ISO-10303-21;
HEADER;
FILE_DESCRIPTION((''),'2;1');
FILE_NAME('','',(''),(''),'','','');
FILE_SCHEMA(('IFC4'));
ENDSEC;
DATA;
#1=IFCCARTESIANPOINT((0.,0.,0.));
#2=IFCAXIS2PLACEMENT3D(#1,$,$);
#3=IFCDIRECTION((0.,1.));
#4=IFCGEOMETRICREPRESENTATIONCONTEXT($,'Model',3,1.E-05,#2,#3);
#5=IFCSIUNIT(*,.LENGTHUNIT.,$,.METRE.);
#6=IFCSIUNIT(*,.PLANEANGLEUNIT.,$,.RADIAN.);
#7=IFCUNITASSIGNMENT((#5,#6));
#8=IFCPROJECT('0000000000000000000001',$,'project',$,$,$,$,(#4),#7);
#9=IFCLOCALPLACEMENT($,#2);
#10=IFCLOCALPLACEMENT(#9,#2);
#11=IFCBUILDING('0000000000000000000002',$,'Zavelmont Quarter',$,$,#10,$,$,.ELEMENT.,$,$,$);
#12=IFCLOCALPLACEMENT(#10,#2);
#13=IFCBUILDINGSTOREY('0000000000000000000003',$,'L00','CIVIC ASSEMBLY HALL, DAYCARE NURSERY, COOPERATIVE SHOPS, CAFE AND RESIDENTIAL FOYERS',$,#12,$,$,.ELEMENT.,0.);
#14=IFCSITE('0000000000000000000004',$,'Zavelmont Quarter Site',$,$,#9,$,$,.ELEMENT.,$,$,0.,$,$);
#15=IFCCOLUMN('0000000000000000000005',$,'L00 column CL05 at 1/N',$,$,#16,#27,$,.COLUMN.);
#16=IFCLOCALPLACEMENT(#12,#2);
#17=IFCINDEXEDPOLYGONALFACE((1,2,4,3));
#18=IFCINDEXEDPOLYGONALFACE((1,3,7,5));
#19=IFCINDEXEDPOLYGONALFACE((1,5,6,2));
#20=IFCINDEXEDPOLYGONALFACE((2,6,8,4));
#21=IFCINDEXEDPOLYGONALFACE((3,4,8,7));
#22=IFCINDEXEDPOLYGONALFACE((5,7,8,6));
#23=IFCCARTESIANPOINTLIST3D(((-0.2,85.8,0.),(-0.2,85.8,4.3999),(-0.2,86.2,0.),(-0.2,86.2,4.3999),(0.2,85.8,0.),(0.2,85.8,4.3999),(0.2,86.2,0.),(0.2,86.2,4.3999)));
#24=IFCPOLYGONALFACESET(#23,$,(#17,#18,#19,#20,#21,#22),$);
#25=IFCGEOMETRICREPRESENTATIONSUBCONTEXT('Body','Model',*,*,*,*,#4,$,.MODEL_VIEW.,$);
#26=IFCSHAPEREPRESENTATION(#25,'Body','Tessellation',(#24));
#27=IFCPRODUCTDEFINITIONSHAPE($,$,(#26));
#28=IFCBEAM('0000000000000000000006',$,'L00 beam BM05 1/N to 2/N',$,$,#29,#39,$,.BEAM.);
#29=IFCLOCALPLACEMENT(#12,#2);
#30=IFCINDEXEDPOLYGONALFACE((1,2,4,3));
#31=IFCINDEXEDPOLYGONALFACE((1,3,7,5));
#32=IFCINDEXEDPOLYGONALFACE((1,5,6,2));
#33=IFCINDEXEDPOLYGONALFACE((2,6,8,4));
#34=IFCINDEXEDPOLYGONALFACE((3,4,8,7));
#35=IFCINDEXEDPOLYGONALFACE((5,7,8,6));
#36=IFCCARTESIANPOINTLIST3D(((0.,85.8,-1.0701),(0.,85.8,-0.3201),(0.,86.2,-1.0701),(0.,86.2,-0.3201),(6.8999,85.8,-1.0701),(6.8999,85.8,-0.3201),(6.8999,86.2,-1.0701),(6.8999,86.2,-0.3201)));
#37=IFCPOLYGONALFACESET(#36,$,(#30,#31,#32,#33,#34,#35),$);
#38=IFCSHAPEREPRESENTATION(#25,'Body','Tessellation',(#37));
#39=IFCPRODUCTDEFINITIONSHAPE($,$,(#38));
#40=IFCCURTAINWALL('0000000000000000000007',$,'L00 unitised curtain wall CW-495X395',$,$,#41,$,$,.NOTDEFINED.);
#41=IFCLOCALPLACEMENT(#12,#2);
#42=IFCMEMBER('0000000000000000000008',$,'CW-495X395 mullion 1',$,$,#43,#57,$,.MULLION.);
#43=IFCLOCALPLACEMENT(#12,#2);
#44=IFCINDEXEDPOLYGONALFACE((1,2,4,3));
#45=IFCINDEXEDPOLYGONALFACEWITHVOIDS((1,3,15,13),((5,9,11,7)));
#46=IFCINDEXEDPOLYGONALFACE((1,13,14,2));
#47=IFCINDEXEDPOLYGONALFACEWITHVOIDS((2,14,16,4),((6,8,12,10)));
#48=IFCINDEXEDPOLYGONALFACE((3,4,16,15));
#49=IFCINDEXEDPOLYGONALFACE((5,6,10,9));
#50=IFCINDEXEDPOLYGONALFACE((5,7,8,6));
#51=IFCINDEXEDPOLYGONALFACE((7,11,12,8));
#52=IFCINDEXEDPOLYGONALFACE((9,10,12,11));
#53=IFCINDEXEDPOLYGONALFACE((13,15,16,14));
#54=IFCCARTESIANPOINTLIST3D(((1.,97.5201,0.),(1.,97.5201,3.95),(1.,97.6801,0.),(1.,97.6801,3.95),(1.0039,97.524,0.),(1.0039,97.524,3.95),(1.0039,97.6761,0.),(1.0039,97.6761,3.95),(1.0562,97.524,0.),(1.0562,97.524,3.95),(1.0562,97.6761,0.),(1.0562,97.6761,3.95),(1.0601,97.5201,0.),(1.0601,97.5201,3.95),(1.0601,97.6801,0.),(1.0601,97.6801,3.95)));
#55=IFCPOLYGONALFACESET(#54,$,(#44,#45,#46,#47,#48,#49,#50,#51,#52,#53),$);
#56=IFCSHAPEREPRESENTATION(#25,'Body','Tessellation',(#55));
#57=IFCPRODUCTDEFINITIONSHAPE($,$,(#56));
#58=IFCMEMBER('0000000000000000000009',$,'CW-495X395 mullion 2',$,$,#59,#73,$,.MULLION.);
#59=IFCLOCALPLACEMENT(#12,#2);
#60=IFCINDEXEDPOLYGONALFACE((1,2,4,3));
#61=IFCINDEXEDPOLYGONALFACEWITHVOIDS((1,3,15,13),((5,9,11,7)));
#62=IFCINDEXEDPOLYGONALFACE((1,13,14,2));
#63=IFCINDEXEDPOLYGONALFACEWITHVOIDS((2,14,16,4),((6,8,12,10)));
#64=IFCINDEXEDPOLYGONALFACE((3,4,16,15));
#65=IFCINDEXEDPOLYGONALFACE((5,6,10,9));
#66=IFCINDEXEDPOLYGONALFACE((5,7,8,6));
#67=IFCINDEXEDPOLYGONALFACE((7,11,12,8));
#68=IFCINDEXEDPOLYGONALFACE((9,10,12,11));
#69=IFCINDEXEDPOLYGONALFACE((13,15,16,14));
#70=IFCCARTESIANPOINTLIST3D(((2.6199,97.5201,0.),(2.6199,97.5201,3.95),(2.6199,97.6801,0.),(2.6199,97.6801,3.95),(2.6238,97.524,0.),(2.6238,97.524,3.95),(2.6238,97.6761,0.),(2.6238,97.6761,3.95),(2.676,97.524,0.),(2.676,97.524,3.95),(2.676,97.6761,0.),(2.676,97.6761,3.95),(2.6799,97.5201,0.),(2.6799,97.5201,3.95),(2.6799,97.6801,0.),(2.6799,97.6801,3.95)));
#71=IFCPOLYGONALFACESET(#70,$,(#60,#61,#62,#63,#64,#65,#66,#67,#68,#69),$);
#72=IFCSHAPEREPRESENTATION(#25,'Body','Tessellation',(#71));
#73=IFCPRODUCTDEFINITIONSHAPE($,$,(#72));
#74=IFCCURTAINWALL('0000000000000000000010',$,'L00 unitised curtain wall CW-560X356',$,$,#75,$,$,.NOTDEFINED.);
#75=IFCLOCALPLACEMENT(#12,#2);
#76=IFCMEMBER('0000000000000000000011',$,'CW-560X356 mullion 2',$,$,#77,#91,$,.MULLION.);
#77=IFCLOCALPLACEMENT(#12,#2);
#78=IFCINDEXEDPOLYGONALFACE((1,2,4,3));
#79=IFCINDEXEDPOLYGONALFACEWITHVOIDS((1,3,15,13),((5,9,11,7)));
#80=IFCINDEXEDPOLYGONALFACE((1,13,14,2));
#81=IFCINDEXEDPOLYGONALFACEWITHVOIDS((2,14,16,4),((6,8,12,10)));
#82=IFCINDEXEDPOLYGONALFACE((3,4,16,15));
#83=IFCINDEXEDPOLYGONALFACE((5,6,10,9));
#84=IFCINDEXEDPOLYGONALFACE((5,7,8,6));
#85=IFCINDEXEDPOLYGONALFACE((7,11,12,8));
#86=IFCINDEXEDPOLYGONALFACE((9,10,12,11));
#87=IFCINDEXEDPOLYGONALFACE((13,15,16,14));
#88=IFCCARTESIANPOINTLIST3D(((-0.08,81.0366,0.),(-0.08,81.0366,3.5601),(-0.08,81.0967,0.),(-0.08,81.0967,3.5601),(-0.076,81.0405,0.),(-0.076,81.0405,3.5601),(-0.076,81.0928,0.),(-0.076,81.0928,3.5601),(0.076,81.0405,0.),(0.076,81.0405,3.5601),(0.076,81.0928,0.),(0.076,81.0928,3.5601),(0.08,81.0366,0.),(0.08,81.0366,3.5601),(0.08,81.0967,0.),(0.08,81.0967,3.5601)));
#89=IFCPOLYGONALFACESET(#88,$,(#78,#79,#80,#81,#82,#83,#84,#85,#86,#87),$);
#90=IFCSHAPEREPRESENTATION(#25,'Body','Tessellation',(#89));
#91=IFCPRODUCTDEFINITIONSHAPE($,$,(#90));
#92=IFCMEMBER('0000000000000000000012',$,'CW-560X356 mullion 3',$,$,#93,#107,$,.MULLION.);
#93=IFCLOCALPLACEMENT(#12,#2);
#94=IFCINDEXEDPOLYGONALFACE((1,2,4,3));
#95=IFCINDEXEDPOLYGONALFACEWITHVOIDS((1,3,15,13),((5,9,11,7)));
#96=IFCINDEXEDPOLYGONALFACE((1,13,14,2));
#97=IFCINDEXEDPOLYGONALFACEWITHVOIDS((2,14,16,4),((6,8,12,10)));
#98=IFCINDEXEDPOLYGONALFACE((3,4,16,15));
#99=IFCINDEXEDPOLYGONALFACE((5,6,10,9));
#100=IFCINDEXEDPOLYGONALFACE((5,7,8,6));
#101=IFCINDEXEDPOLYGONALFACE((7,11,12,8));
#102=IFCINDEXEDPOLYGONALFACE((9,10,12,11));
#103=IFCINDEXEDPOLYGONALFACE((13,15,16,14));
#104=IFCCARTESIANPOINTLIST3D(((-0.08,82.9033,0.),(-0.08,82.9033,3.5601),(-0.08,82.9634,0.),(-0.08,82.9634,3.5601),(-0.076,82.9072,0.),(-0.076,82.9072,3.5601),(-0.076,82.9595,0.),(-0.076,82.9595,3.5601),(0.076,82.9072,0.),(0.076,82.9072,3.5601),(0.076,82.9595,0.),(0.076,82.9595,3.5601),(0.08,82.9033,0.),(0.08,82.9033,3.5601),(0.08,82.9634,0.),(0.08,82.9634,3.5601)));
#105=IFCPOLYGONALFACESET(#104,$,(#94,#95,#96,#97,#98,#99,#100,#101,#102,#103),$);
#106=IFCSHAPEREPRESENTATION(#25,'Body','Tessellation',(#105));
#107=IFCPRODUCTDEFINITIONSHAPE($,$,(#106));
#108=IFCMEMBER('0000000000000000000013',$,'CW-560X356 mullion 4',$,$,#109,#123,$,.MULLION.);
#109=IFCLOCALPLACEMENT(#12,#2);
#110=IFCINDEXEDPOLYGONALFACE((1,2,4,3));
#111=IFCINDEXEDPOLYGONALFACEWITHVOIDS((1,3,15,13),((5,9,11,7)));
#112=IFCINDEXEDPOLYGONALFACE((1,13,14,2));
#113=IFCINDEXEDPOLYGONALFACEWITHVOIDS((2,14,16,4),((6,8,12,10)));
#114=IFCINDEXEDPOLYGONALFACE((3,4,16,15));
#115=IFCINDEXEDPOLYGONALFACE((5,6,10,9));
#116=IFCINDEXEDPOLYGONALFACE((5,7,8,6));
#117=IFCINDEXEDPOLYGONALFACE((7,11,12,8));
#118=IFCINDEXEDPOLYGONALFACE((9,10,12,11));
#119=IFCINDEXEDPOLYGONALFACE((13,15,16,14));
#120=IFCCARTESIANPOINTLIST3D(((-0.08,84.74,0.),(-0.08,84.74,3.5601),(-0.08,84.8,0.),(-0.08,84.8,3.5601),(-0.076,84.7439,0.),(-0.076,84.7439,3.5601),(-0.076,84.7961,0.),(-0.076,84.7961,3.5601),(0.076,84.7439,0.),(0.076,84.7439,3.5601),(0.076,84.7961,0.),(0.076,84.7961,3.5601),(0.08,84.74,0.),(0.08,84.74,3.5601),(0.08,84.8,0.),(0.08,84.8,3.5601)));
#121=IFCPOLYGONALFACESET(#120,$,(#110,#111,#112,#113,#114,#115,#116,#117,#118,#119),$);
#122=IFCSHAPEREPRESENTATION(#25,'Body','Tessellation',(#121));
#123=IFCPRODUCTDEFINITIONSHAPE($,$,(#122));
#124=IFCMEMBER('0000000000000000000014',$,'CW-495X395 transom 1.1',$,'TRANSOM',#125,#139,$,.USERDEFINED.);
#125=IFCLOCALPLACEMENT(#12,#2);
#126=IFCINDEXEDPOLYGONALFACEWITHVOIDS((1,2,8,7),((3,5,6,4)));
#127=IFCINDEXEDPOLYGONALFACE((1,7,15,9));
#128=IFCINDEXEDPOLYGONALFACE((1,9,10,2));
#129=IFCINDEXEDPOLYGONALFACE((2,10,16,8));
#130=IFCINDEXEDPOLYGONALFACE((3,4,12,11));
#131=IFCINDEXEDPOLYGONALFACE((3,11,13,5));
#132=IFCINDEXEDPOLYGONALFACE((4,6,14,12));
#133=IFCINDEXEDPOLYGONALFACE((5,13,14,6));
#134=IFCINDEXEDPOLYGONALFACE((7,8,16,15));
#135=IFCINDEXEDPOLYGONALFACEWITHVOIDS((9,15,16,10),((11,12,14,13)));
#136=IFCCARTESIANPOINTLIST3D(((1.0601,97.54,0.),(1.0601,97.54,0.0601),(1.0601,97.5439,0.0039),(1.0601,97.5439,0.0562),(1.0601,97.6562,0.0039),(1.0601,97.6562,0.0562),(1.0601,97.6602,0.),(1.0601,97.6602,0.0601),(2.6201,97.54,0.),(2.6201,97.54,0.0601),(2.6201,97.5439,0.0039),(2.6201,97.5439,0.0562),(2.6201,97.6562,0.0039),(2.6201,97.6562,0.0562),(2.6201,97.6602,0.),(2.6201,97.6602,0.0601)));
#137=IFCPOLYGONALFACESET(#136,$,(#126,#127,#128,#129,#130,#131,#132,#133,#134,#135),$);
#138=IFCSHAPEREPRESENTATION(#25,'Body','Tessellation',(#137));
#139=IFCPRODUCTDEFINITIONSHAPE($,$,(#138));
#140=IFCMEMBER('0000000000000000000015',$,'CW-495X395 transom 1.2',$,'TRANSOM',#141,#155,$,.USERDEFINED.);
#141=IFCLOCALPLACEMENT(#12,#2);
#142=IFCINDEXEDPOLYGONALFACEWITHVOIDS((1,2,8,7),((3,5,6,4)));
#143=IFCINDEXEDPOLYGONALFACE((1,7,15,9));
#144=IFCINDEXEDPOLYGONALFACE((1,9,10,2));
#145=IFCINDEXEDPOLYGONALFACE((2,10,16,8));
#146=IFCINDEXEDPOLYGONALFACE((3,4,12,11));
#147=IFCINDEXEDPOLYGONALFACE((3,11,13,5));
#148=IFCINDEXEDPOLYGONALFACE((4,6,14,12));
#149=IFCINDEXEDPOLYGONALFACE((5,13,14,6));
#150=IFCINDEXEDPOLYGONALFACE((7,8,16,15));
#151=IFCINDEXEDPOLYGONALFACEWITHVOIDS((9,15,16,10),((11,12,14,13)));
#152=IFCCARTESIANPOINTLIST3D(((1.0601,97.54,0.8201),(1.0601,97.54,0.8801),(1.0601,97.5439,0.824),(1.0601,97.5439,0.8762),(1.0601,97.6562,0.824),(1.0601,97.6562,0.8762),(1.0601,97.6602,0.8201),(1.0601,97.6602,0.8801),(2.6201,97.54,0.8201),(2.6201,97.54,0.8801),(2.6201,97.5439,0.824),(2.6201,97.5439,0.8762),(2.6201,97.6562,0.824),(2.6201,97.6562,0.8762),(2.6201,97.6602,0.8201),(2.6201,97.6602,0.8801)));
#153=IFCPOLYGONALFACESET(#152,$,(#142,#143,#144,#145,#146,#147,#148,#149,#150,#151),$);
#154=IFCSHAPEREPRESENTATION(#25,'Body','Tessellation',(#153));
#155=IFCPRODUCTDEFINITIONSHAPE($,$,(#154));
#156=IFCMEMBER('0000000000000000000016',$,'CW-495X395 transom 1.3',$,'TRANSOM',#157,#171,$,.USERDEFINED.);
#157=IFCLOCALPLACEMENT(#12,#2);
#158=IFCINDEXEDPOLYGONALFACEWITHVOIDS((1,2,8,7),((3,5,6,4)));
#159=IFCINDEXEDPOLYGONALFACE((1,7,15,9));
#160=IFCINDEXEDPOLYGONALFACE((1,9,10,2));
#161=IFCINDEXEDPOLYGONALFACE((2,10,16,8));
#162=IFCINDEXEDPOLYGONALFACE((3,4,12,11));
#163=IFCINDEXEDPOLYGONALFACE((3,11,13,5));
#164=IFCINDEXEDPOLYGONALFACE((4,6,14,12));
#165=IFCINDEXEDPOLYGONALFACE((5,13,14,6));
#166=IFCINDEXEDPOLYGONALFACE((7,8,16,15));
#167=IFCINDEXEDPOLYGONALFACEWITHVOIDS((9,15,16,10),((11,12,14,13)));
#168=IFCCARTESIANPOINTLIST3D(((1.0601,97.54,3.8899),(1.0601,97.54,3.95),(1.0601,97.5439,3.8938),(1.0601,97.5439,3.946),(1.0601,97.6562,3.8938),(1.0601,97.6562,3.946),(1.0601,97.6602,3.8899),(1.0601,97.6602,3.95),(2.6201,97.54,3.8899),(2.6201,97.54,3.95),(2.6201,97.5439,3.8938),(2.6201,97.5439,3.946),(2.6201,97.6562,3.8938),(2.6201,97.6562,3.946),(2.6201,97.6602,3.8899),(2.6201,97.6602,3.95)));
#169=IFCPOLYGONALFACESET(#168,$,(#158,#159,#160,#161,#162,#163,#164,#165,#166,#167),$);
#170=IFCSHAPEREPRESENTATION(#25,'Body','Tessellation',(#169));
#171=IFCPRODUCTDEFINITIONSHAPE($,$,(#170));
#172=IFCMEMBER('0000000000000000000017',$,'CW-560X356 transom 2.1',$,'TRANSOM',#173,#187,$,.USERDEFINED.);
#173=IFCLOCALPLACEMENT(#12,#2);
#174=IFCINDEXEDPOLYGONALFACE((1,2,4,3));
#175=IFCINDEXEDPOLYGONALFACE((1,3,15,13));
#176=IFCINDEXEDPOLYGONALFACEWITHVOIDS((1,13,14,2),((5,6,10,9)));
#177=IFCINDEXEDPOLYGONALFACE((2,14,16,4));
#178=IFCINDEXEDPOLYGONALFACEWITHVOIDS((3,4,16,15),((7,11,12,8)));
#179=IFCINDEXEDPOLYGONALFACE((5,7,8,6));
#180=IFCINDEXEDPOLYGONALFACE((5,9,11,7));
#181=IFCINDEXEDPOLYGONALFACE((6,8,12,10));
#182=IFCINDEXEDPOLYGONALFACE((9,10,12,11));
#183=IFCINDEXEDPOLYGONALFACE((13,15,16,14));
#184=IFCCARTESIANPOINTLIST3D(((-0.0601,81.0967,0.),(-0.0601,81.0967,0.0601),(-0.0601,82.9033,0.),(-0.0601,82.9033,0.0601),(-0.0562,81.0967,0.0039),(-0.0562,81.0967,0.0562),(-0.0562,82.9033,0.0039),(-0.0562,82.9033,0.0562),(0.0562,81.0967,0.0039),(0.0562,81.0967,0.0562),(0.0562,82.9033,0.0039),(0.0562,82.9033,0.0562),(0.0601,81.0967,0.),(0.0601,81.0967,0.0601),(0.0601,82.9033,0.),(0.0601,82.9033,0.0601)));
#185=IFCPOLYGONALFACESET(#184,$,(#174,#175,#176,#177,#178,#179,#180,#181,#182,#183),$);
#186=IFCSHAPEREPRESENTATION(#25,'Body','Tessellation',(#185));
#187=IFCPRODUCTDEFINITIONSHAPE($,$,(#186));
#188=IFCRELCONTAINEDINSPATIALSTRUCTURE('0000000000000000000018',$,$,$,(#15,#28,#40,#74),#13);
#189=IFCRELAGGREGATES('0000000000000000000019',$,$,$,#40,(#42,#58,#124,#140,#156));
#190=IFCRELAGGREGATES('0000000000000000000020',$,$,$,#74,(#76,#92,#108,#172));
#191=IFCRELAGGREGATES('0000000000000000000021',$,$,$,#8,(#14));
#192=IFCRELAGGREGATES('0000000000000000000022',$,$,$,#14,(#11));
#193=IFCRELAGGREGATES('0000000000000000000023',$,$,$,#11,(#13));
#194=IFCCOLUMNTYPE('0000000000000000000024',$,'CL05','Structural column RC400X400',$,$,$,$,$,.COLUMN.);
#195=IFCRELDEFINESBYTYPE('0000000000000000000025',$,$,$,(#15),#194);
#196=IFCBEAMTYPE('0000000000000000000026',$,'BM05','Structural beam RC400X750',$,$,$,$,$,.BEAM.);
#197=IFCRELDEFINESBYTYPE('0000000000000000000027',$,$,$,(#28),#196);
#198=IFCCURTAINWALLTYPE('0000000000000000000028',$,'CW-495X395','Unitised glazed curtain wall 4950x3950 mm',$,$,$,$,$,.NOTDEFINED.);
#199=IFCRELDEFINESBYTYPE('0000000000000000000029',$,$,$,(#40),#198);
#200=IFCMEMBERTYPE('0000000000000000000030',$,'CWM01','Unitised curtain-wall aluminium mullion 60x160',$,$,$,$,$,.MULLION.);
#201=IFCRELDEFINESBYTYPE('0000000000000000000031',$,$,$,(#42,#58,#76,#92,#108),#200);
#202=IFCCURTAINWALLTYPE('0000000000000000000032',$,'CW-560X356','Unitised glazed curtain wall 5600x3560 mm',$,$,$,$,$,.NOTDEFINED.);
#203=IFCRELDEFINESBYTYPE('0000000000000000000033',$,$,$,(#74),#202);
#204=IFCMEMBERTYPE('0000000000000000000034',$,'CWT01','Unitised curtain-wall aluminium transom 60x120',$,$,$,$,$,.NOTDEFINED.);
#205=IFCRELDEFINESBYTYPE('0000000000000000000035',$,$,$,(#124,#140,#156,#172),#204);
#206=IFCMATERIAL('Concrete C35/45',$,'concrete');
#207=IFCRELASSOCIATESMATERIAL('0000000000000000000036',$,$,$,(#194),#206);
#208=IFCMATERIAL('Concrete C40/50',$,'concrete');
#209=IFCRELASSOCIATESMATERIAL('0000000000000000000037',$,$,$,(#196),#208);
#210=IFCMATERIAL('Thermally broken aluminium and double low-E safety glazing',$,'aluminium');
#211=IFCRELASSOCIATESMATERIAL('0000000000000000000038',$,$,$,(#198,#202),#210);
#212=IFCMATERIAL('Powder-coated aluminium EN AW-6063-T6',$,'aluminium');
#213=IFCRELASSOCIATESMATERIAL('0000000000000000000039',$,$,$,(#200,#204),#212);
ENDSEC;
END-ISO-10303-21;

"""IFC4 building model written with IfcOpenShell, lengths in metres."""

from ifc_helpers import new_model, si_unit, direction, frame, origin, origin_2d, place, context, subcontext, project, spatial, rectangle, hollow_rectangle, extrude, material, material_profile, profile_set, type_object, element, aggregate, save


model = new_model("IFC4")

# Units and contexts
model_context = context("Model", 3, precision=1e-05, world=origin(), true_north=direction((0.0, 1.0)))
body_context = subcontext(model_context, "Body", "Model", "MODEL_VIEW")
ifc_project = project(units=[si_unit("LENGTHUNIT", "METRE"), si_unit("PLANEANGLEUNIT", "RADIAN")], contexts=[model_context])

# Site, building, storey
site_placement = place(None, origin())
site = spatial("IfcSite", under=ifc_project, at=site_placement, Name="Zavelmont Quarter Site", CompositionType="ELEMENT", RefElevation=0.0)
building_placement = place(site_placement, origin())
building = spatial("IfcBuilding", under=site, at=building_placement, Name="Zavelmont Quarter", CompositionType="ELEMENT")
storey_placement = place(building_placement, origin())
storey = spatial("IfcBuildingStorey", under=building, at=storey_placement, Name="L00", Description="CIVIC ASSEMBLY HALL, DAYCARE NURSERY, COOPERATIVE SHOPS, CAFE AND RESIDENTIAL FOYERS", CompositionType="ELEMENT", Elevation=0.0)

# Column
ifc_material_1 = material(Name="Concrete C35/45", Category="concrete")
ifc_material_profile_1 = material_profile(ifc_material_1, rectangle(XDim=0.3999, YDim=0.3999, at=origin_2d()), Name="RC400X400")
ifc_profile_set_1 = profile_set([ifc_material_profile_1], Name="Concrete C35/45")
column_type = type_object("IfcColumnType", Name="CL05", Description="Structural column RC400X400", PredefinedType="COLUMN", material=ifc_profile_set_1)
column_placement = place(storey_placement, frame((0.0, 86.0, 0.0), z_axis=(0.0, 0.0, 1.0), x_axis=(1.0, 0.0, 0.0)))
element("IfcColumn", 1, at=column_placement, inside=storey, type_object=column_type, Name="L00 column CL05 at 1/N", PredefinedType="COLUMN", context=body_context, shape_type="SweptSolid", body=[
    extrude(rectangle(XDim=0.3999, YDim=0.3999, at=origin_2d()), origin(), (0.0, 0.0, 1.0), 4.3999),
])

# Beam
ifc_material_2 = material(Name="Concrete C40/50", Category="concrete")
ifc_material_profile_2 = material_profile(ifc_material_2, rectangle(XDim=0.3999, YDim=0.75, at=origin_2d()), Name="RC400X750")
ifc_profile_set_2 = profile_set([ifc_material_profile_2], Name="Concrete C40/50")
beam_type = type_object("IfcBeamType", Name="BM05", Description="Structural beam RC400X750", PredefinedType="BEAM", material=ifc_profile_set_2)
beam_placement = place(storey_placement, frame((0.0, 86.0, -0.6951), z_axis=(1.0, 0.0, 0.0), x_axis=(0.0, 1.0, 0.0)))
element("IfcBeam", 2, at=beam_placement, inside=storey, type_object=beam_type, Name="L00 beam BM05 1/N to 2/N", PredefinedType="BEAM", context=body_context, shape_type="SweptSolid", body=[
    extrude(rectangle(XDim=0.3999, YDim=0.75, at=origin_2d()), origin(), (0.0, 0.0, 1.0), 6.8999),
])

# Curtain walls, members
ifc_material_3 = material(Name="Thermally broken aluminium and double low-E safety glazing", Category="aluminium")
curtain_wall_type_1 = type_object("IfcCurtainWallType", Name="CW-495X395", Description="Unitised glazed curtain wall 4950x3950 mm", PredefinedType="NOTDEFINED", material=ifc_material_3)
curtain_wall_1_placement = place(storey_placement, origin())
curtain_wall_1 = element("IfcCurtainWall", 3, at=curtain_wall_1_placement, inside=storey, type_object=curtain_wall_type_1, Name="L00 unitised curtain wall CW-495X395", PredefinedType="NOTDEFINED")
ifc_material_4 = material(Name="Powder-coated aluminium EN AW-6063-T6", Category="aluminium")
ifc_material_profile_3 = material_profile(ifc_material_4, hollow_rectangle(XDim=0.0601, YDim=0.1599, WallThickness=0.0039, at=origin_2d()), Name="CWM60X160")
ifc_profile_set_3 = profile_set([ifc_material_profile_3], Name="Powder-coated aluminium EN AW-6063-T6")
member_type_1 = type_object("IfcMemberType", Name="CWM01", Description="Unitised curtain-wall aluminium mullion 60x160", PredefinedType="MULLION", material=ifc_profile_set_3)
member_1_placement = place(storey_placement, frame((1.03, 97.6001, 0.0), z_axis=(0.0, 0.0, 1.0), x_axis=(1.0, 0.0, 0.0)))
member_1 = element("IfcMember", 4, at=member_1_placement, type_object=member_type_1, Name="CW-495X395 mullion 1", PredefinedType="MULLION", context=body_context, shape_type="SweptSolid", body=[
    extrude(hollow_rectangle(XDim=0.0601, YDim=0.1599, WallThickness=0.0039, at=origin_2d()), origin(), (0.0, 0.0, 1.0), 3.95),
])
member_2_placement = place(storey_placement, frame((2.6499, 97.6001, 0.0), z_axis=(0.0, 0.0, 1.0), x_axis=(1.0, 0.0, 0.0)))
member_2 = element("IfcMember", 5, at=member_2_placement, type_object=member_type_1, Name="CW-495X395 mullion 2", PredefinedType="MULLION", context=body_context, shape_type="SweptSolid", body=[
    extrude(hollow_rectangle(XDim=0.0601, YDim=0.1599, WallThickness=0.0039, at=origin_2d()), origin(), (0.0, 0.0, 1.0), 3.95),
])
curtain_wall_type_2 = type_object("IfcCurtainWallType", Name="CW-560X356", Description="Unitised glazed curtain wall 5600x3560 mm", PredefinedType="NOTDEFINED", material=ifc_material_3)
curtain_wall_2_placement = place(storey_placement, origin())
curtain_wall_2 = element("IfcCurtainWall", 6, at=curtain_wall_2_placement, inside=storey, type_object=curtain_wall_type_2, Name="L00 unitised curtain wall CW-560X356", PredefinedType="NOTDEFINED")
member_3_placement = place(storey_placement, frame((0.0, 81.0667, 0.0), z_axis=(0.0, 0.0, 1.0), x_axis=(0.0, 1.0, 0.0)))
member_3 = element("IfcMember", 7, at=member_3_placement, type_object=member_type_1, Name="CW-560X356 mullion 2", PredefinedType="MULLION", context=body_context, shape_type="SweptSolid", body=[
    extrude(hollow_rectangle(XDim=0.0601, YDim=0.1599, WallThickness=0.0039, at=origin_2d()), origin(), (0.0, 0.0, 1.0), 3.5601),
])
member_4_placement = place(storey_placement, frame((0.0, 82.9333, 0.0), z_axis=(0.0, 0.0, 1.0), x_axis=(0.0, 1.0, 0.0)))
member_4 = element("IfcMember", 8, at=member_4_placement, type_object=member_type_1, Name="CW-560X356 mullion 3", PredefinedType="MULLION", context=body_context, shape_type="SweptSolid", body=[
    extrude(hollow_rectangle(XDim=0.0601, YDim=0.1599, WallThickness=0.0039, at=origin_2d()), origin(), (0.0, 0.0, 1.0), 3.5601),
])
member_5_placement = place(storey_placement, frame((0.0, 84.77, 0.0), z_axis=(0.0, 0.0, 1.0), x_axis=(0.0, 1.0, 0.0)))
member_5 = element("IfcMember", 9, at=member_5_placement, type_object=member_type_1, Name="CW-560X356 mullion 4", PredefinedType="MULLION", context=body_context, shape_type="SweptSolid", body=[
    extrude(hollow_rectangle(XDim=0.0601, YDim=0.1599, WallThickness=0.0039, at=origin_2d()), origin(), (0.0, 0.0, 1.0), 3.5601),
])

# Members
ifc_material_profile_4 = material_profile(ifc_material_4, hollow_rectangle(XDim=0.1201, YDim=0.0601, WallThickness=0.0039, at=origin_2d()), Name="CWT60X120")
ifc_profile_set_4 = profile_set([ifc_material_profile_4], Name="Powder-coated aluminium EN AW-6063-T6")
member_type_2 = type_object("IfcMemberType", Name="CWT01", Description="Unitised curtain-wall aluminium transom 60x120", PredefinedType="NOTDEFINED", material=ifc_profile_set_4)
member_6_placement = place(storey_placement, frame((1.0601, 97.6001, 0.03), z_axis=(1.0, 0.0, 0.0), x_axis=(0.0, 1.0, 0.0)))
member_6 = element("IfcMember", 10, at=member_6_placement, type_object=member_type_2, Name="CW-495X395 transom 1.1", ObjectType="TRANSOM", PredefinedType="USERDEFINED", context=body_context, shape_type="SweptSolid", body=[
    extrude(hollow_rectangle(XDim=0.1201, YDim=0.0601, WallThickness=0.0039, at=origin_2d()), origin(), (0.0, 0.0, 1.0), 1.5601),
])
member_7_placement = place(storey_placement, frame((1.0601, 97.6001, 0.8501), z_axis=(1.0, 0.0, 0.0), x_axis=(0.0, 1.0, 0.0)))
member_7 = element("IfcMember", 11, at=member_7_placement, type_object=member_type_2, Name="CW-495X395 transom 1.2", ObjectType="TRANSOM", PredefinedType="USERDEFINED", context=body_context, shape_type="SweptSolid", body=[
    extrude(hollow_rectangle(XDim=0.1201, YDim=0.0601, WallThickness=0.0039, at=origin_2d()), origin(), (0.0, 0.0, 1.0), 1.5601),
])
member_8_placement = place(storey_placement, frame((1.0601, 97.6001, 3.9199), z_axis=(1.0, 0.0, 0.0), x_axis=(0.0, 1.0, 0.0)))
member_8 = element("IfcMember", 12, at=member_8_placement, type_object=member_type_2, Name="CW-495X395 transom 1.3", ObjectType="TRANSOM", PredefinedType="USERDEFINED", context=body_context, shape_type="SweptSolid", body=[
    extrude(hollow_rectangle(XDim=0.1201, YDim=0.0601, WallThickness=0.0039, at=origin_2d()), origin(), (0.0, 0.0, 1.0), 1.5601),
])
member_9_placement = place(storey_placement, frame((0.0, 81.0967, 0.03), z_axis=(0.0, 1.0, 0.0), x_axis=(-1.0, 0.0, 0.0)))
member_9 = element("IfcMember", 13, at=member_9_placement, type_object=member_type_2, Name="CW-560X356 transom 2.1", ObjectType="TRANSOM", PredefinedType="USERDEFINED", context=body_context, shape_type="SweptSolid", body=[
    extrude(hollow_rectangle(XDim=0.1201, YDim=0.0601, WallThickness=0.0039, at=origin_2d()), origin(), (0.0, 0.0, 1.0), 1.8066),
])

aggregate(curtain_wall_1, [member_1, member_2, member_6, member_7, member_8])
aggregate(curtain_wall_2, [member_3, member_4, member_5, member_9])

save(model, "model.ifc")
